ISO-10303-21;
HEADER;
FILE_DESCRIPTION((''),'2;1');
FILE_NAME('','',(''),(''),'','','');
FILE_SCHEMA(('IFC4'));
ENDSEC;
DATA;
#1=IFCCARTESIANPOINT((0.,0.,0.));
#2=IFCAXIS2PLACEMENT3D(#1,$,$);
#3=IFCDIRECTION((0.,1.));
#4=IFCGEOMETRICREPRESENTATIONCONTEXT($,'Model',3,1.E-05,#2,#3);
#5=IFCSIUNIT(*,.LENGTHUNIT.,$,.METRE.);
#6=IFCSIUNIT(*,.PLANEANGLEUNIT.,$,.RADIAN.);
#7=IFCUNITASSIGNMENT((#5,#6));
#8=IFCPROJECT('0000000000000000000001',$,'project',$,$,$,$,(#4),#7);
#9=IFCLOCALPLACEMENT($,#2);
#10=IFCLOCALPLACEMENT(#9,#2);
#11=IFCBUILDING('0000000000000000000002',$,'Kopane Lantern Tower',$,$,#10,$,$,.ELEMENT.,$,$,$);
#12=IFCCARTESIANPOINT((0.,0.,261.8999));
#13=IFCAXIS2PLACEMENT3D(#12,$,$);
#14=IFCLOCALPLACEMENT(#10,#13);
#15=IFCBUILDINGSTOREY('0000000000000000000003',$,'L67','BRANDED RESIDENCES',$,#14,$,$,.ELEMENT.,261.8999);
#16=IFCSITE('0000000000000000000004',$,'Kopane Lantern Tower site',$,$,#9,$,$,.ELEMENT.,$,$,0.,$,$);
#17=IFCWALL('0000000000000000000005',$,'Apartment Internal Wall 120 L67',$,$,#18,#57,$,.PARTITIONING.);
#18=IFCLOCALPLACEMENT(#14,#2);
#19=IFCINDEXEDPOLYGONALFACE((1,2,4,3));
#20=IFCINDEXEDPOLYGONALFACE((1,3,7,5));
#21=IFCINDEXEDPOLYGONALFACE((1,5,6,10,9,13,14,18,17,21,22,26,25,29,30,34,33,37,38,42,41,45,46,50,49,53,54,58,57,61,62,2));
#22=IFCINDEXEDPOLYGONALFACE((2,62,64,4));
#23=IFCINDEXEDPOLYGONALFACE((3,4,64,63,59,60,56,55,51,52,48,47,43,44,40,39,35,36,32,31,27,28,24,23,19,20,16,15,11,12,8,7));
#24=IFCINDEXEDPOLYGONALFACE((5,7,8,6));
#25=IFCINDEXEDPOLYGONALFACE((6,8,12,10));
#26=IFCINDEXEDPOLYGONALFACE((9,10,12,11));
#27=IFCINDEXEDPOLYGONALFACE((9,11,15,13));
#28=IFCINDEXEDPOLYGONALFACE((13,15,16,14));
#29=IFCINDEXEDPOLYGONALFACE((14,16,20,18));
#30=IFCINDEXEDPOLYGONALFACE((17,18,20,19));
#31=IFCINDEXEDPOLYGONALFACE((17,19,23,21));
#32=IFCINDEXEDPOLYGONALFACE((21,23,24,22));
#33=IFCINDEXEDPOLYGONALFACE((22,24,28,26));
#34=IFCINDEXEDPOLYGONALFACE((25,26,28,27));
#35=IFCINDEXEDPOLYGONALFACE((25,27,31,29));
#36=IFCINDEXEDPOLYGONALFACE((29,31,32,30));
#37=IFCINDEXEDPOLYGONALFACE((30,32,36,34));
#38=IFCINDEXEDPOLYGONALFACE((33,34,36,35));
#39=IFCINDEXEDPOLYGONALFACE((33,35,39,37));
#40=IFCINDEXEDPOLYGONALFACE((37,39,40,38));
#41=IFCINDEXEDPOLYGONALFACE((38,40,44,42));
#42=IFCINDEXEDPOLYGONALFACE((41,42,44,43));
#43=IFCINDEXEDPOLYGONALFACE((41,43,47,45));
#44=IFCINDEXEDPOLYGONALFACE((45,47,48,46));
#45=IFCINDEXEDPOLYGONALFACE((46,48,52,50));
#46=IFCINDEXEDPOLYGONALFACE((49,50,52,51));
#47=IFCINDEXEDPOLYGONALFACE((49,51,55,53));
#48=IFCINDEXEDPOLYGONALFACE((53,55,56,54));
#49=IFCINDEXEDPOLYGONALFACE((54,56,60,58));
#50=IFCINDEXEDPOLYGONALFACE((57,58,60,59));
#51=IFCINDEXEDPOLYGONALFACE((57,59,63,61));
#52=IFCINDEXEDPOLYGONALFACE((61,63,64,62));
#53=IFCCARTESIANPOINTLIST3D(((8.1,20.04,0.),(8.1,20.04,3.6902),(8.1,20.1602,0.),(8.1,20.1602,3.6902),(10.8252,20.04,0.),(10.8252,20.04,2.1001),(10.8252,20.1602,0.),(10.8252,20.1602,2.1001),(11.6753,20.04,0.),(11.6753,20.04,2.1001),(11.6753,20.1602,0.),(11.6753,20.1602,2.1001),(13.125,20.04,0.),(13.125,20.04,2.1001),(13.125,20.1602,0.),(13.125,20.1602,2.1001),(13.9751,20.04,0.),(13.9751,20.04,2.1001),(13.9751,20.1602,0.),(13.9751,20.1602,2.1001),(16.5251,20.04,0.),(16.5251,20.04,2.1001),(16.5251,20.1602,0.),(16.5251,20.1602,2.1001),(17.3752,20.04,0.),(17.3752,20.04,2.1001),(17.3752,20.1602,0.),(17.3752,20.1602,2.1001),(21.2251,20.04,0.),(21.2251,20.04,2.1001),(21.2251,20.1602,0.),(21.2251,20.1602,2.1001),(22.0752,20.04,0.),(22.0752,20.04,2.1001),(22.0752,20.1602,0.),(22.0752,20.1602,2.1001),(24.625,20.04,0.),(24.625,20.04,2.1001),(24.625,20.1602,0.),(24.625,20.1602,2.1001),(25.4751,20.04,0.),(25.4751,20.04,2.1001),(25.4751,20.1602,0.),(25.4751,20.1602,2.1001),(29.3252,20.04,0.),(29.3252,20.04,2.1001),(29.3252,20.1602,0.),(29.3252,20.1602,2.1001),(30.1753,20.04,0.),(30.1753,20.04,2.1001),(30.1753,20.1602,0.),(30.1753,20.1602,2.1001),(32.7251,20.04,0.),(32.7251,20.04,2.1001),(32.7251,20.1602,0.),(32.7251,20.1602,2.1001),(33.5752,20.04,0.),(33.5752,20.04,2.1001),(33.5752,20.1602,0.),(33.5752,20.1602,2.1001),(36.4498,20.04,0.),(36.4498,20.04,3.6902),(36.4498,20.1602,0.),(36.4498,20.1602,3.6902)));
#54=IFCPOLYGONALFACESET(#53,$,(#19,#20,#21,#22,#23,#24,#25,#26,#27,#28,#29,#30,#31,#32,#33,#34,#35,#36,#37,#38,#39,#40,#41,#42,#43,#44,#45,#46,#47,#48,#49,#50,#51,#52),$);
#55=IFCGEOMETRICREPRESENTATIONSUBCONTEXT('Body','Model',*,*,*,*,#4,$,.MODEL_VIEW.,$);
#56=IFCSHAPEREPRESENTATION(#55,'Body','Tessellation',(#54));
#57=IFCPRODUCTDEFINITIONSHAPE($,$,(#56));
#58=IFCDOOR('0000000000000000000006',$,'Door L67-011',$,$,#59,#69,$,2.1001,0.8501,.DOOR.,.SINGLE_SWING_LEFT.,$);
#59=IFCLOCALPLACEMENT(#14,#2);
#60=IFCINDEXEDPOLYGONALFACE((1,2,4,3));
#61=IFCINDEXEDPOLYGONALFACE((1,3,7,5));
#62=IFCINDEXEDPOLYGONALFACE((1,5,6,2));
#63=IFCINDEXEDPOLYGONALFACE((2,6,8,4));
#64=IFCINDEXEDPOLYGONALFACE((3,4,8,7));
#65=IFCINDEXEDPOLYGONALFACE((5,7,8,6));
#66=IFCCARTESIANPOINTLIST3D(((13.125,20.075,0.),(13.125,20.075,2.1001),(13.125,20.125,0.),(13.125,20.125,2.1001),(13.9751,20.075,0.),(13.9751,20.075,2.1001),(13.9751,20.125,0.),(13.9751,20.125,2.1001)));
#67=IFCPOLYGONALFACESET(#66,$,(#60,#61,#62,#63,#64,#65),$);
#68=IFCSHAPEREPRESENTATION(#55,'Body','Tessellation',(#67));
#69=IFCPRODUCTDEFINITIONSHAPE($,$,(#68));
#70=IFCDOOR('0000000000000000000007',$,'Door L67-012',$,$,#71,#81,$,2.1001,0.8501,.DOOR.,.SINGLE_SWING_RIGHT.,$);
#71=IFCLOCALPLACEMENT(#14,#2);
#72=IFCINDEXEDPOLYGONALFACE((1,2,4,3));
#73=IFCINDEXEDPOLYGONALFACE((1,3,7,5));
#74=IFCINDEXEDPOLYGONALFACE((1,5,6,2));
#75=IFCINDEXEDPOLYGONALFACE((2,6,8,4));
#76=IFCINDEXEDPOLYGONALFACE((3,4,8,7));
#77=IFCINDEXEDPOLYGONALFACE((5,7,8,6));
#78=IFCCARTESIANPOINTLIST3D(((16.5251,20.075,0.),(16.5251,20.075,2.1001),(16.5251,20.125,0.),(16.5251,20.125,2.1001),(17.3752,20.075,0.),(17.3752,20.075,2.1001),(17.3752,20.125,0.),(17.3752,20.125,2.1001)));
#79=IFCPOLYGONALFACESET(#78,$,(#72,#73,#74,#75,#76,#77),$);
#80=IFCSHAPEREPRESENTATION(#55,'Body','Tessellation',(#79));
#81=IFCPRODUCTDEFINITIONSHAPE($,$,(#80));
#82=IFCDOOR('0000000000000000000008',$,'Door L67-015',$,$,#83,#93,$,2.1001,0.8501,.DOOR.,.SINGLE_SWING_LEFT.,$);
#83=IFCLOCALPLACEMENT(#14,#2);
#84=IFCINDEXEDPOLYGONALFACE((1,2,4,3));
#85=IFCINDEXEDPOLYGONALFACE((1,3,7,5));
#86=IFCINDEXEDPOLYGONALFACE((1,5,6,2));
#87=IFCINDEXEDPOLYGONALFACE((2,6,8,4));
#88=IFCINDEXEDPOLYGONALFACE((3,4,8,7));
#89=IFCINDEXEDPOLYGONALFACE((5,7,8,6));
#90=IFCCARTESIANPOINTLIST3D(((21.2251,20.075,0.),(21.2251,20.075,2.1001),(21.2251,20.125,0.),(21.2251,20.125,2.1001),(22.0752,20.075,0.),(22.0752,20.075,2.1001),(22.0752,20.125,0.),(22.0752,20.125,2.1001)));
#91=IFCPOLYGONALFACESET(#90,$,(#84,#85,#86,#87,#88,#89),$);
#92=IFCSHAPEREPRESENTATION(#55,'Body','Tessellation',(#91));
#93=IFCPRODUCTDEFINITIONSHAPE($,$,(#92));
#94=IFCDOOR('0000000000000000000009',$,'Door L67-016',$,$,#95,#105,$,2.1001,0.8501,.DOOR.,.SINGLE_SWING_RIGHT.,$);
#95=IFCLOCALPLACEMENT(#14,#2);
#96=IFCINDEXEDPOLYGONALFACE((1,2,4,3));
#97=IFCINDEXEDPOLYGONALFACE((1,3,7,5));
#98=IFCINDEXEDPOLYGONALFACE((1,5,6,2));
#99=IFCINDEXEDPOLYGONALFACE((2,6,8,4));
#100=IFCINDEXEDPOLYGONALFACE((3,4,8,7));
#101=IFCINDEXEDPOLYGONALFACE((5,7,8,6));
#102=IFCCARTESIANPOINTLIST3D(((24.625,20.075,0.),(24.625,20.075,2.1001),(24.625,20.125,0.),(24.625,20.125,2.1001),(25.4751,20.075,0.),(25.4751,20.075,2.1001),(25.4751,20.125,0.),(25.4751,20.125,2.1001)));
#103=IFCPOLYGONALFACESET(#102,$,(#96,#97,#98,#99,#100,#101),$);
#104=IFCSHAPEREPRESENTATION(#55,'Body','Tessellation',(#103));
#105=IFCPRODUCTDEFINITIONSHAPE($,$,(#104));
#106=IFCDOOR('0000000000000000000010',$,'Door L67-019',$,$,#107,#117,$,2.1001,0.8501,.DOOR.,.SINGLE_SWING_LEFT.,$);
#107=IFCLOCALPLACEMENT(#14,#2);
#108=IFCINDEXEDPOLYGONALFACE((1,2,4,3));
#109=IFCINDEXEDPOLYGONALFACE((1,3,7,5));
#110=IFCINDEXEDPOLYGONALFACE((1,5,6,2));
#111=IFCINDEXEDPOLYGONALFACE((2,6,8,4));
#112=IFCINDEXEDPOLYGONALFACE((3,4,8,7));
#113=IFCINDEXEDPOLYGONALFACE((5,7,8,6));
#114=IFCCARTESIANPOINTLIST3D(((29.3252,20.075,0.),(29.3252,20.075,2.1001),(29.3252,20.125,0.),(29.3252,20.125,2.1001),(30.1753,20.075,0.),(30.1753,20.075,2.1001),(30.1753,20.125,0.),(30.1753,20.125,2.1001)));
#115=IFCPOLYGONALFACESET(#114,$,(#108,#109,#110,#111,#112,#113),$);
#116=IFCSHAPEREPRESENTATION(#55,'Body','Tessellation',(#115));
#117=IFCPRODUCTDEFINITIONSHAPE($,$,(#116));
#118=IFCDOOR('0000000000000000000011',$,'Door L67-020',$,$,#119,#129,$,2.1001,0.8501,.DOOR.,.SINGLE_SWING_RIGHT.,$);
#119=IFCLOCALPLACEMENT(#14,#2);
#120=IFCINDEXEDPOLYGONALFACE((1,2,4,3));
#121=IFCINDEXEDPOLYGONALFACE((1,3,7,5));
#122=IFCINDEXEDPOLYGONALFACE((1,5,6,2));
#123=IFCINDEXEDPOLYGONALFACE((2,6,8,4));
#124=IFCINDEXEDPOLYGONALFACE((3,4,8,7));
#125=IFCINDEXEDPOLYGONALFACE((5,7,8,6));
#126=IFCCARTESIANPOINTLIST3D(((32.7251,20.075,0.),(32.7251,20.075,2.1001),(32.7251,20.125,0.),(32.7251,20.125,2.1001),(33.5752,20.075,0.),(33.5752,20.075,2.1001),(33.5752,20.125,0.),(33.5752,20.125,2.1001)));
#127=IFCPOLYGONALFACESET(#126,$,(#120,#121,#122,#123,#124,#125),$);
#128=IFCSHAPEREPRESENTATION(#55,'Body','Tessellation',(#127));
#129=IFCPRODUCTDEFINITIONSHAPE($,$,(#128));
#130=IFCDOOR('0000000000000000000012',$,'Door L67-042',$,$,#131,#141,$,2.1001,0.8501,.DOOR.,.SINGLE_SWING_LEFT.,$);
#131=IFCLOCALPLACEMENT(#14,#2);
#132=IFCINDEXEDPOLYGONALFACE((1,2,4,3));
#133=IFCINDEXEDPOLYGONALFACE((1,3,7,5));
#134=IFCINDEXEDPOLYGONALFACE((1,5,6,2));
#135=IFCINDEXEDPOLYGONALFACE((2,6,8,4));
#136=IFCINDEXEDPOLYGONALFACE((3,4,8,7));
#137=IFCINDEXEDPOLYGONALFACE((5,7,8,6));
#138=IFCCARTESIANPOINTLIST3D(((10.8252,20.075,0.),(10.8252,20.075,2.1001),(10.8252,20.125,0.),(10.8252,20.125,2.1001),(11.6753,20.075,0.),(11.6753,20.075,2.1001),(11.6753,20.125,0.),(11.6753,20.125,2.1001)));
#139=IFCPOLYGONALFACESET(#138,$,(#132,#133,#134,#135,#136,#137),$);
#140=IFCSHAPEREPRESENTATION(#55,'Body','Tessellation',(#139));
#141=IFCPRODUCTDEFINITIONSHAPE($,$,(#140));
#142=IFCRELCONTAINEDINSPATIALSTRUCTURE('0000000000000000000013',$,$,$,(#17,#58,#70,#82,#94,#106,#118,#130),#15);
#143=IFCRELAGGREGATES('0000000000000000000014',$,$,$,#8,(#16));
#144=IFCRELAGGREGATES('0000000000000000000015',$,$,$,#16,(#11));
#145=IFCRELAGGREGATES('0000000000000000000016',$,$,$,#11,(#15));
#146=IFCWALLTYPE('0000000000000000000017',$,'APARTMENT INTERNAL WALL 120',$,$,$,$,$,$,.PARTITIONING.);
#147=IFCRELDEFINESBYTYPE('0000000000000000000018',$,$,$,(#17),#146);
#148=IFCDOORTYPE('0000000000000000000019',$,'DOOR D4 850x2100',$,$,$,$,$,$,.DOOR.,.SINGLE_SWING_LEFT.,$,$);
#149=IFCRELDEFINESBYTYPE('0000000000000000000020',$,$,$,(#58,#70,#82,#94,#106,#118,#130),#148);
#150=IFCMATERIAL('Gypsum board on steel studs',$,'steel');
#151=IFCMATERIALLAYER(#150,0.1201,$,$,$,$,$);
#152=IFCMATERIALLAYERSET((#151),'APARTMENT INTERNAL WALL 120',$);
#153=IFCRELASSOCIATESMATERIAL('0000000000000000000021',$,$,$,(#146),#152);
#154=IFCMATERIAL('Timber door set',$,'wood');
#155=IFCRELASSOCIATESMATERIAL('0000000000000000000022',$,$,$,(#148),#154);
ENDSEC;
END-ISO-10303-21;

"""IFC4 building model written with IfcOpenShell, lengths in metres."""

from ifc_helpers import new_model, si_unit, direction, frame, frame_2d, origin, place, context, subcontext, project, spatial, rectangle, extrude, material, layer, layer_set, type_object, element, fill, save


model = new_model("IFC4")

# Units and contexts
model_context = context("Model", 3, precision=1e-05, world=origin(), true_north=direction((0.0, 1.0)))
body_context = subcontext(model_context, "Body", "Model", "MODEL_VIEW")
ifc_project = project(units=[si_unit("LENGTHUNIT", "METRE"), si_unit("PLANEANGLEUNIT", "RADIAN")], contexts=[model_context])

# Site, building, storey
site_placement = place(None, origin())
site = spatial("IfcSite", under=ifc_project, at=site_placement, Name="Kopane Lantern Tower site", CompositionType="ELEMENT", RefElevation=0.0)
building_placement = place(site_placement, origin())
building = spatial("IfcBuilding", under=site, at=building_placement, Name="Kopane Lantern Tower", CompositionType="ELEMENT")
storey_placement = place(building_placement, frame((0.0, 0.0, 261.8999)))
storey = spatial("IfcBuildingStorey", under=building, at=storey_placement, Name="L67", Description="BRANDED RESIDENCES", CompositionType="ELEMENT", Elevation=261.8999)

# Wall, openings, doors
ifc_material_1 = material(Name="Gypsum board on steel studs", Category="steel")
ifc_layer_1 = layer(ifc_material_1, 0.1201)
ifc_layer_set_1 = layer_set([ifc_layer_1], Name="APARTMENT INTERNAL WALL 120")
wall_type = type_object("IfcWallType", Name="APARTMENT INTERNAL WALL 120", PredefinedType="PARTITIONING", material=ifc_layer_set_1)
wall_placement = place(storey_placement, frame((8.1001, 20.1001, 0.0), z_axis=(0.0, 0.0, 1.0), x_axis=(1.0, 0.0, 0.0)))
wall = element("IfcWall", 1, at=wall_placement, inside=storey, type_object=wall_type, Name="Apartment Internal Wall 120 L67", PredefinedType="PARTITIONING", context=body_context, shape_type="SweptSolid", body=[
    extrude(rectangle(XDim=28.3499, YDim=0.1201, at=frame_2d((14.1748, 0.0))), origin(), (0.0, 0.0, 1.0), 3.6902),
])
opening_1_placement = place(wall_placement, frame((5.0249, 0.0, 0.0)))
opening_1 = element("IfcOpeningElement", 2, at=opening_1_placement, cuts=wall, PredefinedType="OPENING", context=body_context, shape_type="SweptSolid", body=[
    extrude(rectangle(XDim=0.8501, YDim=2.1001, at=frame_2d((0.425, 1.05))), frame((0.0, 0.0701, 0.0), z_axis=(0.0, -1.0, 0.0), x_axis=(1.0, 0.0, 0.0)), (0.0, 0.0, 1.0), 0.1401),
])
opening_2_placement = place(wall_placement, frame((8.425, 0.0, 0.0)))
opening_2 = element("IfcOpeningElement", 3, at=opening_2_placement, cuts=wall, PredefinedType="OPENING", context=body_context, shape_type="SweptSolid", body=[
    extrude(rectangle(XDim=0.8501, YDim=2.1001, at=frame_2d((0.425, 1.05))), frame((0.0, 0.0701, 0.0), z_axis=(0.0, -1.0, 0.0), x_axis=(1.0, 0.0, 0.0)), (0.0, 0.0, 1.0), 0.1401),
])
opening_3_placement = place(wall_placement, frame((13.125, 0.0, 0.0)))
opening_3 = element("IfcOpeningElement", 4, at=opening_3_placement, cuts=wall, PredefinedType="OPENING", context=body_context, shape_type="SweptSolid", body=[
    extrude(rectangle(XDim=0.8501, YDim=2.1001, at=frame_2d((0.425, 1.05))), frame((0.0, 0.0701, 0.0), z_axis=(0.0, -1.0, 0.0), x_axis=(1.0, 0.0, 0.0)), (0.0, 0.0, 1.0), 0.1401),
])
opening_4_placement = place(wall_placement, frame((16.5249, 0.0, 0.0)))
opening_4 = element("IfcOpeningElement", 5, at=opening_4_placement, cuts=wall, PredefinedType="OPENING", context=body_context, shape_type="SweptSolid", body=[
    extrude(rectangle(XDim=0.8501, YDim=2.1001, at=frame_2d((0.425, 1.05))), frame((0.0, 0.0701, 0.0), z_axis=(0.0, -1.0, 0.0), x_axis=(1.0, 0.0, 0.0)), (0.0, 0.0, 1.0), 0.1401),
])
opening_5_placement = place(wall_placement, frame((21.2251, 0.0, 0.0)))
opening_5 = element("IfcOpeningElement", 6, at=opening_5_placement, cuts=wall, PredefinedType="OPENING", context=body_context, shape_type="SweptSolid", body=[
    extrude(rectangle(XDim=0.8501, YDim=2.1001, at=frame_2d((0.425, 1.05))), frame((0.0, 0.0701, 0.0), z_axis=(0.0, -1.0, 0.0), x_axis=(1.0, 0.0, 0.0)), (0.0, 0.0, 1.0), 0.1401),
])
opening_6_placement = place(wall_placement, frame((24.625, 0.0, 0.0)))
opening_6 = element("IfcOpeningElement", 7, at=opening_6_placement, cuts=wall, PredefinedType="OPENING", context=body_context, shape_type="SweptSolid", body=[
    extrude(rectangle(XDim=0.8501, YDim=2.1001, at=frame_2d((0.425, 1.05))), frame((0.0, 0.0701, 0.0), z_axis=(0.0, -1.0, 0.0), x_axis=(1.0, 0.0, 0.0)), (0.0, 0.0, 1.0), 0.1401),
])
opening_7_placement = place(wall_placement, frame((2.7251, 0.0, 0.0)))
opening_7 = element("IfcOpeningElement", 8, at=opening_7_placement, cuts=wall, PredefinedType="OPENING", context=body_context, shape_type="SweptSolid", body=[
    extrude(rectangle(XDim=0.8501, YDim=2.1001, at=frame_2d((0.425, 1.05))), frame((0.0, 0.0701, 0.0), z_axis=(0.0, -1.0, 0.0), x_axis=(1.0, 0.0, 0.0)), (0.0, 0.0, 1.0), 0.1401),
])
ifc_material_2 = material(Name="Timber door set", Category="wood")
door_type = type_object("IfcDoorType", Name="DOOR D4 850x2100", OperationType="SINGLE_SWING_LEFT", PredefinedType="DOOR", material=ifc_material_2)
door_1_placement = place(opening_1_placement, origin())
door_1 = element("IfcDoor", 9, at=door_1_placement, inside=storey, type_object=door_type, Name="Door L67-011", OperationType="SINGLE_SWING_LEFT", OverallHeight=2.1001, OverallWidth=0.8501, PredefinedType="DOOR", context=body_context, shape_type="SweptSolid", body=[
    extrude(rectangle(XDim=0.8501, YDim=2.1001, at=frame_2d((0.425, 1.05))), frame((0.0, 0.0249, 0.0), z_axis=(0.0, -1.0, 0.0), x_axis=(1.0, 0.0, 0.0)), (0.0, 0.0, 1.0), 0.05),
])
fill(opening_1, door_1)
door_2_placement = place(opening_2_placement, origin())
door_2 = element("IfcDoor", 10, at=door_2_placement, inside=storey, type_object=door_type, Name="Door L67-012", OperationType="SINGLE_SWING_RIGHT", OverallHeight=2.1001, OverallWidth=0.8501, PredefinedType="DOOR", context=body_context, shape_type="SweptSolid", body=[
    extrude(rectangle(XDim=0.8501, YDim=2.1001, at=frame_2d((0.425, 1.05))), frame((0.0, 0.0249, 0.0), z_axis=(0.0, -1.0, 0.0), x_axis=(1.0, 0.0, 0.0)), (0.0, 0.0, 1.0), 0.05),
])
fill(opening_2, door_2)
door_3_placement = place(opening_3_placement, origin())
door_3 = element("IfcDoor", 11, at=door_3_placement, inside=storey, type_object=door_type, Name="Door L67-015", OperationType="SINGLE_SWING_LEFT", OverallHeight=2.1001, OverallWidth=0.8501, PredefinedType="DOOR", context=body_context, shape_type="SweptSolid", body=[
    extrude(rectangle(XDim=0.8501, YDim=2.1001, at=frame_2d((0.425, 1.05))), frame((0.0, 0.0249, 0.0), z_axis=(0.0, -1.0, 0.0), x_axis=(1.0, 0.0, 0.0)), (0.0, 0.0, 1.0), 0.05),
])
fill(opening_3, door_3)
door_4_placement = place(opening_4_placement, origin())
door_4 = element("IfcDoor", 12, at=door_4_placement, inside=storey, type_object=door_type, Name="Door L67-016", OperationType="SINGLE_SWING_RIGHT", OverallHeight=2.1001, OverallWidth=0.8501, PredefinedType="DOOR", context=body_context, shape_type="SweptSolid", body=[
    extrude(rectangle(XDim=0.8501, YDim=2.1001, at=frame_2d((0.425, 1.05))), frame((0.0, 0.0249, 0.0), z_axis=(0.0, -1.0, 0.0), x_axis=(1.0, 0.0, 0.0)), (0.0, 0.0, 1.0), 0.05),
])
fill(opening_4, door_4)
door_5_placement = place(opening_5_placement, origin())
door_5 = element("IfcDoor", 13, at=door_5_placement, inside=storey, type_object=door_type, Name="Door L67-019", OperationType="SINGLE_SWING_LEFT", OverallHeight=2.1001, OverallWidth=0.8501, PredefinedType="DOOR", context=body_context, shape_type="SweptSolid", body=[
    extrude(rectangle(XDim=0.8501, YDim=2.1001, at=frame_2d((0.425, 1.05))), frame((0.0, 0.0249, 0.0), z_axis=(0.0, -1.0, 0.0), x_axis=(1.0, 0.0, 0.0)), (0.0, 0.0, 1.0), 0.05),
])
fill(opening_5, door_5)
door_6_placement = place(opening_6_placement, origin())
door_6 = element("IfcDoor", 14, at=door_6_placement, inside=storey, type_object=door_type, Name="Door L67-020", OperationType="SINGLE_SWING_RIGHT", OverallHeight=2.1001, OverallWidth=0.8501, PredefinedType="DOOR", context=body_context, shape_type="SweptSolid", body=[
    extrude(rectangle(XDim=0.8501, YDim=2.1001, at=frame_2d((0.425, 1.05))), frame((0.0, 0.0249, 0.0), z_axis=(0.0, -1.0, 0.0), x_axis=(1.0, 0.0, 0.0)), (0.0, 0.0, 1.0), 0.05),
])
fill(opening_6, door_6)
door_7_placement = place(opening_7_placement, origin())
door_7 = element("IfcDoor", 15, at=door_7_placement, inside=storey, type_object=door_type, Name="Door L67-042", OperationType="SINGLE_SWING_LEFT", OverallHeight=2.1001, OverallWidth=0.8501, PredefinedType="DOOR", context=body_context, shape_type="SweptSolid", body=[
    extrude(rectangle(XDim=0.8501, YDim=2.1001, at=frame_2d((0.425, 1.05))), frame((0.0, 0.0249, 0.0), z_axis=(0.0, -1.0, 0.0), x_axis=(1.0, 0.0, 0.0)), (0.0, 0.0, 1.0), 0.05),
])
fill(opening_7, door_7)

save(model, "model.ifc")
